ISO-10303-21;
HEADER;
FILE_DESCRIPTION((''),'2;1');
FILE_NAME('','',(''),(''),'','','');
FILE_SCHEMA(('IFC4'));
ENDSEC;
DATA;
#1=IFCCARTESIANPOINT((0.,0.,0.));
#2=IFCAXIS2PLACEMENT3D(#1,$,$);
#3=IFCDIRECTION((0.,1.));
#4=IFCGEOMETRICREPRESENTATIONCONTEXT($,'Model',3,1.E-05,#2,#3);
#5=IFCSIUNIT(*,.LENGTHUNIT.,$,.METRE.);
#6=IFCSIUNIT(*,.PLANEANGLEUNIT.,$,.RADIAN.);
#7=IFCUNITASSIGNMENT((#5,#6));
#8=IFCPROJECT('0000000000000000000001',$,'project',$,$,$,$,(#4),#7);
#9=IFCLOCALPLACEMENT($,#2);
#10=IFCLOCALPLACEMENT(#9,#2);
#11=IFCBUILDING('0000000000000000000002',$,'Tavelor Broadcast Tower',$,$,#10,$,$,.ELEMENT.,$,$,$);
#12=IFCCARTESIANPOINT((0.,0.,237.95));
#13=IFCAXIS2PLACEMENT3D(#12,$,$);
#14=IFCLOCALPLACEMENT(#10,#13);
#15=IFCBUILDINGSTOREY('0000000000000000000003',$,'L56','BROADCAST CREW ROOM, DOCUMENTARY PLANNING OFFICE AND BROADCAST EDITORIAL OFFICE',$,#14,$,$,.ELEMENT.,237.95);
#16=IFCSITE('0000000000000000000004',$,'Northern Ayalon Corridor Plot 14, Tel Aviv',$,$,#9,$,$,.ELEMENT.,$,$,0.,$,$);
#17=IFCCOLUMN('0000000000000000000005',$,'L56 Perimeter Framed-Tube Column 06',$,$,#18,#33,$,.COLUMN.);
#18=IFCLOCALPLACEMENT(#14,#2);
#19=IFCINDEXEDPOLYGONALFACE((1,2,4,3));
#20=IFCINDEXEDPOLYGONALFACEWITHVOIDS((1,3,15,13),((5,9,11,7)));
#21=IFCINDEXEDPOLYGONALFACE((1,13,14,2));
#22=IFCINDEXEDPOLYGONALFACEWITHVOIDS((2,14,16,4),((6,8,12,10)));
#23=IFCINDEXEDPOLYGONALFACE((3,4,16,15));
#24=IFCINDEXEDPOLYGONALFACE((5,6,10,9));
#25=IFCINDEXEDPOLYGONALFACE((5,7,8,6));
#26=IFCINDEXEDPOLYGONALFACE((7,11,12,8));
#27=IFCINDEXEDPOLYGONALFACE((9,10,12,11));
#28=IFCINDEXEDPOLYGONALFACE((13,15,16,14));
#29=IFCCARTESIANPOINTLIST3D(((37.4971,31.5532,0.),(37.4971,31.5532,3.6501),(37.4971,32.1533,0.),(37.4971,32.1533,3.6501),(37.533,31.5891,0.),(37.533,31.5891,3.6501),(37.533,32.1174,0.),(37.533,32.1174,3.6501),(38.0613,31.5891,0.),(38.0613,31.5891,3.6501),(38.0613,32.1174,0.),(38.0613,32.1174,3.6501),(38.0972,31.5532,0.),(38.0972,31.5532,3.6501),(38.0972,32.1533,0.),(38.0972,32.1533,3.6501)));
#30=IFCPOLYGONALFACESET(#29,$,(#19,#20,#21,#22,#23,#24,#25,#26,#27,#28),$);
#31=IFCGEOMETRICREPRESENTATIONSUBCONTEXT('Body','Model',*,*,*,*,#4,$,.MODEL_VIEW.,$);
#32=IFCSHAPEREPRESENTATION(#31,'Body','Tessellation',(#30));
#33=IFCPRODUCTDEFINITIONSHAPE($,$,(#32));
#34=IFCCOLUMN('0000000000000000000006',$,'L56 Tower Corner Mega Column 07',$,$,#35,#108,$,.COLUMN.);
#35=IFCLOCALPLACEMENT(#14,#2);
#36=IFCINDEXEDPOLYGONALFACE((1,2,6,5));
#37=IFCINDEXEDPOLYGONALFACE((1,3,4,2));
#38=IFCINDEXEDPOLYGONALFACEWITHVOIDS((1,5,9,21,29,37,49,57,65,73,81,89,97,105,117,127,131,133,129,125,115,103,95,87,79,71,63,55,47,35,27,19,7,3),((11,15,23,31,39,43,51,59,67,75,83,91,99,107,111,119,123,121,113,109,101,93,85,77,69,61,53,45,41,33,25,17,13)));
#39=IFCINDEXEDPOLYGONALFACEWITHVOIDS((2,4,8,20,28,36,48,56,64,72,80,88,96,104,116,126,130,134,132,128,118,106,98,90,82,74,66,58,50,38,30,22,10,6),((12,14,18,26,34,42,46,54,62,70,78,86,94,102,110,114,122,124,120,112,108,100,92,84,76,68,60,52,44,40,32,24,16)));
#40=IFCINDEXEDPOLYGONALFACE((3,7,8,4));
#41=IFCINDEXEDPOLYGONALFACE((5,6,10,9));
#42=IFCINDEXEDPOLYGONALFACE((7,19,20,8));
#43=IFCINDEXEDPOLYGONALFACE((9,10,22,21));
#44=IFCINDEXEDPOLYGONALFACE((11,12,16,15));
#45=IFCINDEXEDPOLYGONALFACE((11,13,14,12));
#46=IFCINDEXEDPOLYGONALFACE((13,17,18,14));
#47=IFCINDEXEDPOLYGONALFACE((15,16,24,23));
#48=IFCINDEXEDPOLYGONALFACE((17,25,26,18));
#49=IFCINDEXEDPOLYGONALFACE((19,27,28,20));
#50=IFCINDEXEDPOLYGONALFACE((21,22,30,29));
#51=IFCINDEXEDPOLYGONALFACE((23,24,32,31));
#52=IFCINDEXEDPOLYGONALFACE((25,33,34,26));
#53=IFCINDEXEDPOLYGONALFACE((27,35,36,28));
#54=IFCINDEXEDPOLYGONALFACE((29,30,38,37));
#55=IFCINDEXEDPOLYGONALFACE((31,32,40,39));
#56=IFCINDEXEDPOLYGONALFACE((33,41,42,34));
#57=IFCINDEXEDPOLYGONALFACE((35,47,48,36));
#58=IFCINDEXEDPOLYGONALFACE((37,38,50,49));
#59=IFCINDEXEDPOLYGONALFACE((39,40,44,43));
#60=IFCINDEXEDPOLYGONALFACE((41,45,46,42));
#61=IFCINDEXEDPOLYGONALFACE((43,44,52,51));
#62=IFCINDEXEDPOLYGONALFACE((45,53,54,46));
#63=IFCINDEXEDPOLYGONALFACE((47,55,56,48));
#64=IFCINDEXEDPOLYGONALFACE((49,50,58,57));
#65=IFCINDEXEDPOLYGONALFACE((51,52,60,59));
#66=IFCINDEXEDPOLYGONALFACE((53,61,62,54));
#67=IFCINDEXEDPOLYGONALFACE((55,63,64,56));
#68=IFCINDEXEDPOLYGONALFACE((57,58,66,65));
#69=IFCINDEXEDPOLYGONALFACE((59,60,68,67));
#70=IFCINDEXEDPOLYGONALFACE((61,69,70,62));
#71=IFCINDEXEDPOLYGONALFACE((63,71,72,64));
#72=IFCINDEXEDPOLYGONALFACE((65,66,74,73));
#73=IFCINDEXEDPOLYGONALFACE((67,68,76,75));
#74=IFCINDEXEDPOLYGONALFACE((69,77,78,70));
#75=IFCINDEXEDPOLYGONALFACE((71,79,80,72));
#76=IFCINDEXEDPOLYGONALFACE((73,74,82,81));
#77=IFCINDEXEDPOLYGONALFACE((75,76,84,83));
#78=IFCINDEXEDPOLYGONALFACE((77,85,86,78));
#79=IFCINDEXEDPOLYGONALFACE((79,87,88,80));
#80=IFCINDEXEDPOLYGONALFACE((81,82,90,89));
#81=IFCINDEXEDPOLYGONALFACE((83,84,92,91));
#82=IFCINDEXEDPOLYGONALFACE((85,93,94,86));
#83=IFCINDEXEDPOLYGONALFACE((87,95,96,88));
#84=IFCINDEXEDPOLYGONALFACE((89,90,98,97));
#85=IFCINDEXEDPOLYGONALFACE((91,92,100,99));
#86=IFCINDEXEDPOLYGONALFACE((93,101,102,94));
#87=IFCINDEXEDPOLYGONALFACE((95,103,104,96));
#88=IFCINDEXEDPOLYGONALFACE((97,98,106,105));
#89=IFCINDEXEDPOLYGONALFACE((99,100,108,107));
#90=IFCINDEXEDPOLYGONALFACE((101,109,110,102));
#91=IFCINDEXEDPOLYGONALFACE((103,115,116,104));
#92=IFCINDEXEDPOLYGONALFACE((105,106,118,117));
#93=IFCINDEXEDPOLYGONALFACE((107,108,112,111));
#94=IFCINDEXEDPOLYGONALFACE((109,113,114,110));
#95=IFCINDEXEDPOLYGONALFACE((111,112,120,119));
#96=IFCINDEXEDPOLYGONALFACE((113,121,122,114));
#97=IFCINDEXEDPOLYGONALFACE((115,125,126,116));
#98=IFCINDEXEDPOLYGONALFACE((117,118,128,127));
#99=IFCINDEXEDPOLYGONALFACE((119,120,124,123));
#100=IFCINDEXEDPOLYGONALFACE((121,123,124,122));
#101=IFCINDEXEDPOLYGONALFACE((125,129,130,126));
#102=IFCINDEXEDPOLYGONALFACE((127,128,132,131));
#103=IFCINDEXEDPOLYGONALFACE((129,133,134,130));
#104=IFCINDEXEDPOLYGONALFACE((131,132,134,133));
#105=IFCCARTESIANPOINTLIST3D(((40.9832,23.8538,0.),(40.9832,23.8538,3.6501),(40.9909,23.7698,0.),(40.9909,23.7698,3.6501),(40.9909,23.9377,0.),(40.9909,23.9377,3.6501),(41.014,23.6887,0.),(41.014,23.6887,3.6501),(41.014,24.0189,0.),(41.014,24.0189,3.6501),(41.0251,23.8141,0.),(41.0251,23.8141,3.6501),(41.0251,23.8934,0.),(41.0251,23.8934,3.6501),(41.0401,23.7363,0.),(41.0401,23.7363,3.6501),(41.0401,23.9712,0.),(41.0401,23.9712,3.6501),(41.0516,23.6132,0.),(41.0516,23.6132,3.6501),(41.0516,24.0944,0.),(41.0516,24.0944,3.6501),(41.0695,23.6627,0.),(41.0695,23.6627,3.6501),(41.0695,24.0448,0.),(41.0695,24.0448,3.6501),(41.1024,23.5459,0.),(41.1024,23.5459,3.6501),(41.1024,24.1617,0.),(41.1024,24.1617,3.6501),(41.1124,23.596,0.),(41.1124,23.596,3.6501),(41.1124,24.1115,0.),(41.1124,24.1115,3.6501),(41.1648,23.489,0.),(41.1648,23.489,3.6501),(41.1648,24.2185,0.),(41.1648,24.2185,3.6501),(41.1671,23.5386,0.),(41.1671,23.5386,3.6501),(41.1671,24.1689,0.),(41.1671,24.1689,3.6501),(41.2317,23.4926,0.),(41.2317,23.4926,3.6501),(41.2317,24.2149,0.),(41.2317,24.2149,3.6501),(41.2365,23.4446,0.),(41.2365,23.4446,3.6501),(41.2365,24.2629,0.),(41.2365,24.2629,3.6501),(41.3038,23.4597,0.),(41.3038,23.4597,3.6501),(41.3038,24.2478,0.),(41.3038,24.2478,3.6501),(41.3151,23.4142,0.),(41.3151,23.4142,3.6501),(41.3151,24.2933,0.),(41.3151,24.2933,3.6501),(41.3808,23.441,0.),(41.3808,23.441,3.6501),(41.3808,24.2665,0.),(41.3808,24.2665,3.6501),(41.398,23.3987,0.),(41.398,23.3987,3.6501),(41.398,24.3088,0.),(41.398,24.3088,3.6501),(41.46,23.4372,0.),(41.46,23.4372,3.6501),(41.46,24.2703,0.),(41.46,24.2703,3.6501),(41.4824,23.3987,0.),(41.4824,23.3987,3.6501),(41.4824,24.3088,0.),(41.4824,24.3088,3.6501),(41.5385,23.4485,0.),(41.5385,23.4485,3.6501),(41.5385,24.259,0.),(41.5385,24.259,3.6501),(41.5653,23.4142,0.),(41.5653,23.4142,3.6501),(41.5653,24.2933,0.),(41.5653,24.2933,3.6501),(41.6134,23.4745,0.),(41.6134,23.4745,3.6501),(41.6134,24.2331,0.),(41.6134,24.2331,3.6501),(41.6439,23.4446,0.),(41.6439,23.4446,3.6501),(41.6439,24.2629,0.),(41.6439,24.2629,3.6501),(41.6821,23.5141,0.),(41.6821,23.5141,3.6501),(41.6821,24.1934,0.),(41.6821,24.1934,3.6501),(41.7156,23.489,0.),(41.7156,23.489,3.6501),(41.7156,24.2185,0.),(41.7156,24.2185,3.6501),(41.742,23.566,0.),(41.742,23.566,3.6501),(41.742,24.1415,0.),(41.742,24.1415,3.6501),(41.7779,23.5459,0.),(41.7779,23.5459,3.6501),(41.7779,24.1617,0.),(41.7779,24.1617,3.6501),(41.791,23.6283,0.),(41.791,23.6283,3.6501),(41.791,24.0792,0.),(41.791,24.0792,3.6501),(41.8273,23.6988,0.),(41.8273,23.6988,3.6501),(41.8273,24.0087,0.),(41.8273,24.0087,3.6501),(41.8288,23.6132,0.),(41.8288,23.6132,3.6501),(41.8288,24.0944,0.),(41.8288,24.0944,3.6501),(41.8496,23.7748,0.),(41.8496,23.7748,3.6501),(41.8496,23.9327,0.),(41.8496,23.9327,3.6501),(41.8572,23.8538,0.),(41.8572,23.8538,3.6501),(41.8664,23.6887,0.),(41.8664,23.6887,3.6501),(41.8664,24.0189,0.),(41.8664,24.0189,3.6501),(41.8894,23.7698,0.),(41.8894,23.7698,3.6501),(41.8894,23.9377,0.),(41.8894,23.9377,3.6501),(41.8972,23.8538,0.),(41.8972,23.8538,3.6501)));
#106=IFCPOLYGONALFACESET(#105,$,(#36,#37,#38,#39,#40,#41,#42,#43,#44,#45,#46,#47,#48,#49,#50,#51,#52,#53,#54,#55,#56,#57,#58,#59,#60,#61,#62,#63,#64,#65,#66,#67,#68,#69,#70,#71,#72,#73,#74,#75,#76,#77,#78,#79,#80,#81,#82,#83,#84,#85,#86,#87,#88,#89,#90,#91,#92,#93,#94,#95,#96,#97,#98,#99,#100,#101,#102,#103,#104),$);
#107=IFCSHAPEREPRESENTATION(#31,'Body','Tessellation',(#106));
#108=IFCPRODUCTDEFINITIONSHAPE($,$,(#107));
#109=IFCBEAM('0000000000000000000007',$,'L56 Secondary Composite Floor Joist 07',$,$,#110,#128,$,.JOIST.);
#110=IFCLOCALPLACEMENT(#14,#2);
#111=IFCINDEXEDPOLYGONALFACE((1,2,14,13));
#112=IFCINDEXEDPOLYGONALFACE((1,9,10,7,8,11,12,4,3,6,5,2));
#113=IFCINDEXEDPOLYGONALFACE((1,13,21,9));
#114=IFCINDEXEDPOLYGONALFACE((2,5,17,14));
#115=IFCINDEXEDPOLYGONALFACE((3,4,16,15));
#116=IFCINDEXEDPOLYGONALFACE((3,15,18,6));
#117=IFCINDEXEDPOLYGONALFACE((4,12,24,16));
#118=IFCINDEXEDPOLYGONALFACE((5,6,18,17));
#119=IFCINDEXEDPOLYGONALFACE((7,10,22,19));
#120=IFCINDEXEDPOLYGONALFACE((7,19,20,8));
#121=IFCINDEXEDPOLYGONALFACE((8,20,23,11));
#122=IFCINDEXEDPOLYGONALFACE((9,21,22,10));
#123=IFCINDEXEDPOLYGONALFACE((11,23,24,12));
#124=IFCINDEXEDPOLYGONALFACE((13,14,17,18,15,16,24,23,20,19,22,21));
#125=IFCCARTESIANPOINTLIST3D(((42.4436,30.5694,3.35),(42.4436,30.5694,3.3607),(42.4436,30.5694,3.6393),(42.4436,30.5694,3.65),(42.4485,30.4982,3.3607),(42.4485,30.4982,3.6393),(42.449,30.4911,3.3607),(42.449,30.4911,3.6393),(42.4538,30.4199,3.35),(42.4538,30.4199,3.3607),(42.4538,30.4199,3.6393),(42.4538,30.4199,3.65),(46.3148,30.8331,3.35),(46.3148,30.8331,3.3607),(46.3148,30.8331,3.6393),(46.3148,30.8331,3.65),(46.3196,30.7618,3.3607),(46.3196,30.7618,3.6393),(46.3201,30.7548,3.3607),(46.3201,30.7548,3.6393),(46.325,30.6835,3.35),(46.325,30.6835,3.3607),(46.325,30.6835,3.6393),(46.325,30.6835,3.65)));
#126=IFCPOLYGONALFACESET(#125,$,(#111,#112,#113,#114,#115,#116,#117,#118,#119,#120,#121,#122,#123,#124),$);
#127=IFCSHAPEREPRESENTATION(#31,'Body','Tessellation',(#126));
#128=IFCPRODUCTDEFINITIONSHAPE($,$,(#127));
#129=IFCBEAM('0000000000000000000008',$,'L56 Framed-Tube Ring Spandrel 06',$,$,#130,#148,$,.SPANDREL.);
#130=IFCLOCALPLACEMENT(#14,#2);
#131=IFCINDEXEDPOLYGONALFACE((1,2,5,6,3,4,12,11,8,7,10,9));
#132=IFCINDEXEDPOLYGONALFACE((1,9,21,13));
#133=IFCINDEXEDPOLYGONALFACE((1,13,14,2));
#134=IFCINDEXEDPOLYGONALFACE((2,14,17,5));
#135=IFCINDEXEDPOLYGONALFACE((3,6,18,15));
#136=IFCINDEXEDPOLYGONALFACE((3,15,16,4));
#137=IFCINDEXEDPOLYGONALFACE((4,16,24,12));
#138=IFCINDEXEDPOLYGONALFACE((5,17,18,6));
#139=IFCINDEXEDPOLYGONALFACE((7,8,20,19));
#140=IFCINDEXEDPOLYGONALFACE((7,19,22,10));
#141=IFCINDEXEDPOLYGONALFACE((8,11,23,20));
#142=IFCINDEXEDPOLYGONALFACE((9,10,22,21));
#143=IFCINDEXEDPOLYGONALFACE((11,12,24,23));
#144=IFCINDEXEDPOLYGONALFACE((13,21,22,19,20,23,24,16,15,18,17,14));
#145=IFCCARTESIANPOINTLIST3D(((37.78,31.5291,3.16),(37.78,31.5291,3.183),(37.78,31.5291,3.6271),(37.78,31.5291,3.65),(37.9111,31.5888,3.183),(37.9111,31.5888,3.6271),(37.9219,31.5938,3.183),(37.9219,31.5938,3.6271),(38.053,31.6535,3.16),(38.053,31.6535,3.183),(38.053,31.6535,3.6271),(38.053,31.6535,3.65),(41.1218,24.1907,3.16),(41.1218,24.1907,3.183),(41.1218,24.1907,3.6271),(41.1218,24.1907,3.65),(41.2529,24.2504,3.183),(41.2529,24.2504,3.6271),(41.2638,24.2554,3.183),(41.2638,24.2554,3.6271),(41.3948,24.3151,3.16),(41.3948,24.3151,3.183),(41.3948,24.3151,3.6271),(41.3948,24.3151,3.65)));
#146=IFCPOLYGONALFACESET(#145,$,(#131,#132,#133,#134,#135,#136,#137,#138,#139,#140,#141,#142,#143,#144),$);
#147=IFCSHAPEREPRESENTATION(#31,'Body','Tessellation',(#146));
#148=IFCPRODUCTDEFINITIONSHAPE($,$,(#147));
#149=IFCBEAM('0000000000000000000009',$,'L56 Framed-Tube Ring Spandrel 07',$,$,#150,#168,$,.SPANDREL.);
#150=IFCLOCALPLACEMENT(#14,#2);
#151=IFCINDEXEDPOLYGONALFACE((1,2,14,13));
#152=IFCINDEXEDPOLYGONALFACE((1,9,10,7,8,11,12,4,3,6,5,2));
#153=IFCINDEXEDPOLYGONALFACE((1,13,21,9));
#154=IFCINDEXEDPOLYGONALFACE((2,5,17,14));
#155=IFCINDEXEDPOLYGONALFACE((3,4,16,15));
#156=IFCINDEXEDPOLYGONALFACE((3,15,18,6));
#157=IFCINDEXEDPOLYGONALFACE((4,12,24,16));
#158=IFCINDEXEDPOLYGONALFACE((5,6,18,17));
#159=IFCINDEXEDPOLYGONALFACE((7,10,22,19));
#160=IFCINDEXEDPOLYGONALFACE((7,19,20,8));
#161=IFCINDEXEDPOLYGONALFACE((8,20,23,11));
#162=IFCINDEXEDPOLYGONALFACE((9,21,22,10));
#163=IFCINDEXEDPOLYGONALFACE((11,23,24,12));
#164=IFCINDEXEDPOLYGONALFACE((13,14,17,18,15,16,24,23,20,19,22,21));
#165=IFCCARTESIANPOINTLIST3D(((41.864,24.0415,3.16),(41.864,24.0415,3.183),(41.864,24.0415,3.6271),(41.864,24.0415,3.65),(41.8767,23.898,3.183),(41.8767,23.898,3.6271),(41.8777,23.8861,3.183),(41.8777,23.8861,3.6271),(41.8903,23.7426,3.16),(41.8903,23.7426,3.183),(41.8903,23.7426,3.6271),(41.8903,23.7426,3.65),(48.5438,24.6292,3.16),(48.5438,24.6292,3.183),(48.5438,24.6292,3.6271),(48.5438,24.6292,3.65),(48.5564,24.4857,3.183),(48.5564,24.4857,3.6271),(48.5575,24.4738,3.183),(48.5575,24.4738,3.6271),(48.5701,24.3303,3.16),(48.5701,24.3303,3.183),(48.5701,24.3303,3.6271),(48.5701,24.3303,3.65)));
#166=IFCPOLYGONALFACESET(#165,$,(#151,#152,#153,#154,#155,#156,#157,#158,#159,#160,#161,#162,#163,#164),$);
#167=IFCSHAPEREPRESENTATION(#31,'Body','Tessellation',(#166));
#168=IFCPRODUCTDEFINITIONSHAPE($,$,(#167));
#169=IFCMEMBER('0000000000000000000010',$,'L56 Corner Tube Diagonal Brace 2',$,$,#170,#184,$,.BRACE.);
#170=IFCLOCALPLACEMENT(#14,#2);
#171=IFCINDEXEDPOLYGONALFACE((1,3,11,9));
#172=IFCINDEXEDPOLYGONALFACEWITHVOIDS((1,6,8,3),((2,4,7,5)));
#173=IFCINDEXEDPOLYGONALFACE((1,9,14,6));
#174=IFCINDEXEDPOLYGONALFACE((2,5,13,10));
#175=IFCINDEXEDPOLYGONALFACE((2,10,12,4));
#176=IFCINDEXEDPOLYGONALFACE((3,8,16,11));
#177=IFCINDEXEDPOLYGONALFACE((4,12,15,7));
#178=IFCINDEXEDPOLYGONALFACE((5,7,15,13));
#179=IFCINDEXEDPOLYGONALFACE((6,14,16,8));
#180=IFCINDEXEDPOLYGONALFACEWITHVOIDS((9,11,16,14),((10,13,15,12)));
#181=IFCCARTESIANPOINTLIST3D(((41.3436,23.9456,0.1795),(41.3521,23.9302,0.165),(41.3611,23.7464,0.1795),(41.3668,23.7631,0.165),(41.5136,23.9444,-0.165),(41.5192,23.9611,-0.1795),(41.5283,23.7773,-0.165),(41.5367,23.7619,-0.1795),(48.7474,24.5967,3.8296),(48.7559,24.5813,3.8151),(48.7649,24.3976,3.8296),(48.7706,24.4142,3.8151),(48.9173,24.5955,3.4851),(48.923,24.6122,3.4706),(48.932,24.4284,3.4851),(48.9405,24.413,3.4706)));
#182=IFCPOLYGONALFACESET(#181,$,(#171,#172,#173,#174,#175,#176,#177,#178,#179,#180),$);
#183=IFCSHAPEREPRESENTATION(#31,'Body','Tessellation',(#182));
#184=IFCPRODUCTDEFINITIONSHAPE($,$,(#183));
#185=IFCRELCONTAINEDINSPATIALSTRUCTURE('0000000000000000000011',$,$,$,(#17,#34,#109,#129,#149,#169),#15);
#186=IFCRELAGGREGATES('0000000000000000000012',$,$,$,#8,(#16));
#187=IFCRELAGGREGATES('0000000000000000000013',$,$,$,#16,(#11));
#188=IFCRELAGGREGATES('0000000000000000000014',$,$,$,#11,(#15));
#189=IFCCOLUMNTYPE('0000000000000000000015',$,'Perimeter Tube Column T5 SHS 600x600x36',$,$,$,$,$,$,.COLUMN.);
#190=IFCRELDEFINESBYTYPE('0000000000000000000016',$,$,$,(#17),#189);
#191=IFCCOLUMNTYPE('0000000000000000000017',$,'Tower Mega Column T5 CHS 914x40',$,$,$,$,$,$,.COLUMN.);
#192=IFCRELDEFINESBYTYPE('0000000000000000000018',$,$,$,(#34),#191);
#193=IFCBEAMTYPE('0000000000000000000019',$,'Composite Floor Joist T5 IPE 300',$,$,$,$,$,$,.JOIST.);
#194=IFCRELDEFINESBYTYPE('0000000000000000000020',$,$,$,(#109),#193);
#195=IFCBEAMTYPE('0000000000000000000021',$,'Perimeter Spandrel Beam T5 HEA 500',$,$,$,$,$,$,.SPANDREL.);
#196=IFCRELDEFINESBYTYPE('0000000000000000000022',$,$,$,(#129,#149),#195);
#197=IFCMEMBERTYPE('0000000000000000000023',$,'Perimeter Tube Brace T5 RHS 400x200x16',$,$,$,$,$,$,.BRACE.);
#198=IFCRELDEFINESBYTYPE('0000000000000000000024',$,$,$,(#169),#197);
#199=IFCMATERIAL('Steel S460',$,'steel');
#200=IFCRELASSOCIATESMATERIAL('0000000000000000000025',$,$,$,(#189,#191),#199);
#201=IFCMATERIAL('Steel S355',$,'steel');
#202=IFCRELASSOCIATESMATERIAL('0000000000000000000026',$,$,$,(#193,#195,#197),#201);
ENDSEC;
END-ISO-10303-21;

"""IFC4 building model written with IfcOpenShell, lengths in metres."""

from ifc_helpers import new_model, si_unit, direction, frame, origin, origin_2d, place, context, subcontext, project, spatial, hollow_rectangle, hollow_circle, i_section, extrude, material, material_profile, profile_set, type_object, element, save


model = new_model("IFC4")

# Units and contexts
model_context = context("Model", 3, precision=1e-05, world=origin(), true_north=direction((0.0, 1.0)))
body_context = subcontext(model_context, "Body", "Model", "MODEL_VIEW")
ifc_project = project(units=[si_unit("LENGTHUNIT", "METRE"), si_unit("PLANEANGLEUNIT", "RADIAN")], contexts=[model_context])

# Site, building, storey
site_placement = place(None, origin())
site = spatial("IfcSite", under=ifc_project, at=site_placement, Name="Northern Ayalon Corridor Plot 14, Tel Aviv", CompositionType="ELEMENT", RefElevation=0.0)
building_placement = place(site_placement, origin())
building = spatial("IfcBuilding", under=site, at=building_placement, Name="Tavelor Broadcast Tower", CompositionType="ELEMENT")
storey_placement = place(building_placement, frame((0.0, 0.0, 237.95)))
storey = spatial("IfcBuildingStorey", under=building, at=storey_placement, Name="L56", Description="BROADCAST CREW ROOM, DOCUMENTARY PLANNING OFFICE AND BROADCAST EDITORIAL OFFICE", CompositionType="ELEMENT", Elevation=237.95)

# Columns
ifc_material_1 = material(Name="Steel S460", Category="steel")
ifc_material_profile_1 = material_profile(ifc_material_1, hollow_rectangle(XDim=0.6001, YDim=0.6001, WallThickness=0.0359, at=origin_2d()), Name="SHS 600x600x36")
ifc_profile_set_1 = profile_set([ifc_material_profile_1], Name="Steel S460")
column_type_1 = type_object("IfcColumnType", Name="Perimeter Tube Column T5 SHS 600x600x36", PredefinedType="COLUMN", material=ifc_profile_set_1)
column_1_placement = place(storey_placement, frame((37.7971, 31.8533, 0.0), z_axis=(0.0, 0.0, 1.0), x_axis=(1.0, 0.0, 0.0)))
element("IfcColumn", 1, at=column_1_placement, inside=storey, type_object=column_type_1, Name="L56 Perimeter Framed-Tube Column 06", PredefinedType="COLUMN", context=body_context, shape_type="SweptSolid", body=[
    extrude(hollow_rectangle(XDim=0.6001, YDim=0.6001, WallThickness=0.0359, at=origin_2d()), origin(), (0.0, 0.0, 1.0), 3.6501),
])
ifc_material_profile_2 = material_profile(ifc_material_1, hollow_circle(Radius=0.457, WallThickness=0.04, at=origin_2d()), Name="CHS 914x40")
ifc_profile_set_2 = profile_set([ifc_material_profile_2], Name="Steel S460")
column_type_2 = type_object("IfcColumnType", Name="Tower Mega Column T5 CHS 914x40", PredefinedType="COLUMN", material=ifc_profile_set_2)
column_2_placement = place(storey_placement, frame((41.4402, 23.8538, 0.0), z_axis=(0.0, 0.0, 1.0), x_axis=(1.0, 0.0, 0.0)))
element("IfcColumn", 2, at=column_2_placement, inside=storey, type_object=column_type_2, Name="L56 Tower Corner Mega Column 07", PredefinedType="COLUMN", context=body_context, shape_type="SweptSolid", body=[
    extrude(hollow_circle(Radius=0.457, WallThickness=0.04, at=origin_2d()), origin(), (0.0, 0.0, 1.0), 3.6501),
])

# Beams
ifc_material_2 = material(Name="Steel S355", Category="steel")
ifc_material_profile_3 = material_profile(ifc_material_2, i_section(OverallWidth=0.1499, OverallDepth=0.3, WebThickness=0.0071, FlangeThickness=0.0107, at=origin_2d()), Name="IPE 300")
ifc_profile_set_3 = profile_set([ifc_material_profile_3], Name="Steel S355")
beam_type_1 = type_object("IfcBeamType", Name="Composite Floor Joist T5 IPE 300", PredefinedType="JOIST", material=ifc_profile_set_3)
beam_1_placement = place(storey_placement, frame((42.4487, 30.4946, 3.5), z_axis=(0.997688, 0.067956, 0.0), x_axis=(-0.067956, 0.997688, 0.0)))
element("IfcBeam", 3, at=beam_1_placement, inside=storey, type_object=beam_type_1, Name="L56 Secondary Composite Floor Joist 07", PredefinedType="JOIST", context=body_context, shape_type="SweptSolid", body=[
    extrude(i_section(OverallWidth=0.1499, OverallDepth=0.3, WebThickness=0.0071, FlangeThickness=0.0107, at=origin_2d()), origin(), (0.0, 0.0, 1.0), 3.8801),
])
ifc_material_profile_4 = material_profile(ifc_material_2, i_section(OverallWidth=0.3, OverallDepth=0.49, WebThickness=0.012, FlangeThickness=0.0229, at=origin_2d()), Name="HEA 500")
ifc_profile_set_4 = profile_set([ifc_material_profile_4], Name="Steel S355")
beam_type_2 = type_object("IfcBeamType", Name="Perimeter Spandrel Beam T5 HEA 500", PredefinedType="SPANDREL", material=ifc_profile_set_4)
beam_2_placement = place(storey_placement, frame((37.9165, 31.5913, 3.405), z_axis=(0.414437, -0.910078, 0.0), x_axis=(0.910078, 0.414437, 0.0)))
element("IfcBeam", 4, at=beam_2_placement, inside=storey, type_object=beam_type_2, Name="L56 Framed-Tube Ring Spandrel 06", PredefinedType="SPANDREL", context=body_context, shape_type="SweptSolid", body=[
    extrude(i_section(OverallWidth=0.3, OverallDepth=0.49, WebThickness=0.012, FlangeThickness=0.0229, at=origin_2d()), origin(), (0.0, 0.0, 1.0), 8.0635),
])
beam_3_placement = place(storey_placement, frame((41.8772, 23.8921, 3.405), z_axis=(0.996153, 0.087637, 0.0), x_axis=(-0.087637, 0.996153, 0.0)))
element("IfcBeam", 5, at=beam_3_placement, inside=storey, type_object=beam_type_2, Name="L56 Framed-Tube Ring Spandrel 07", PredefinedType="SPANDREL", context=body_context, shape_type="SweptSolid", body=[
    extrude(i_section(OverallWidth=0.3, OverallDepth=0.49, WebThickness=0.012, FlangeThickness=0.0229, at=origin_2d()), origin(), (0.0, 0.0, 1.0), 6.7056),
])

# Member
ifc_material_profile_5 = material_profile(ifc_material_2, hollow_rectangle(XDim=0.2, YDim=0.3999, WallThickness=0.0161, at=origin_2d()), Name="RHS 400x200x16")
ifc_profile_set_5 = profile_set([ifc_material_profile_5], Name="Steel S355")
member_type_1 = type_object("IfcMemberType", Name="Perimeter Tube Brace T5 RHS 400x200x16", PredefinedType="BRACE", material=ifc_profile_set_5)
member_1_placement = place(storey_placement, frame((41.4402, 23.8538, 0.0), z_axis=(0.894144, 0.078635, 0.440821), x_axis=(-0.087606, 0.996155, 0.0)))
element("IfcMember", 6, at=member_1_placement, inside=storey, type_object=member_type_1, Name="L56 Corner Tube Diagonal Brace 2", PredefinedType="BRACE", context=body_context, shape_type="SweptSolid", body=[
    extrude(hollow_rectangle(XDim=0.2, YDim=0.3999, WallThickness=0.0161, at=origin_2d()), origin(), (0.0, 0.0, 1.0), 8.2803),
])

save(model, "model.ifc")
